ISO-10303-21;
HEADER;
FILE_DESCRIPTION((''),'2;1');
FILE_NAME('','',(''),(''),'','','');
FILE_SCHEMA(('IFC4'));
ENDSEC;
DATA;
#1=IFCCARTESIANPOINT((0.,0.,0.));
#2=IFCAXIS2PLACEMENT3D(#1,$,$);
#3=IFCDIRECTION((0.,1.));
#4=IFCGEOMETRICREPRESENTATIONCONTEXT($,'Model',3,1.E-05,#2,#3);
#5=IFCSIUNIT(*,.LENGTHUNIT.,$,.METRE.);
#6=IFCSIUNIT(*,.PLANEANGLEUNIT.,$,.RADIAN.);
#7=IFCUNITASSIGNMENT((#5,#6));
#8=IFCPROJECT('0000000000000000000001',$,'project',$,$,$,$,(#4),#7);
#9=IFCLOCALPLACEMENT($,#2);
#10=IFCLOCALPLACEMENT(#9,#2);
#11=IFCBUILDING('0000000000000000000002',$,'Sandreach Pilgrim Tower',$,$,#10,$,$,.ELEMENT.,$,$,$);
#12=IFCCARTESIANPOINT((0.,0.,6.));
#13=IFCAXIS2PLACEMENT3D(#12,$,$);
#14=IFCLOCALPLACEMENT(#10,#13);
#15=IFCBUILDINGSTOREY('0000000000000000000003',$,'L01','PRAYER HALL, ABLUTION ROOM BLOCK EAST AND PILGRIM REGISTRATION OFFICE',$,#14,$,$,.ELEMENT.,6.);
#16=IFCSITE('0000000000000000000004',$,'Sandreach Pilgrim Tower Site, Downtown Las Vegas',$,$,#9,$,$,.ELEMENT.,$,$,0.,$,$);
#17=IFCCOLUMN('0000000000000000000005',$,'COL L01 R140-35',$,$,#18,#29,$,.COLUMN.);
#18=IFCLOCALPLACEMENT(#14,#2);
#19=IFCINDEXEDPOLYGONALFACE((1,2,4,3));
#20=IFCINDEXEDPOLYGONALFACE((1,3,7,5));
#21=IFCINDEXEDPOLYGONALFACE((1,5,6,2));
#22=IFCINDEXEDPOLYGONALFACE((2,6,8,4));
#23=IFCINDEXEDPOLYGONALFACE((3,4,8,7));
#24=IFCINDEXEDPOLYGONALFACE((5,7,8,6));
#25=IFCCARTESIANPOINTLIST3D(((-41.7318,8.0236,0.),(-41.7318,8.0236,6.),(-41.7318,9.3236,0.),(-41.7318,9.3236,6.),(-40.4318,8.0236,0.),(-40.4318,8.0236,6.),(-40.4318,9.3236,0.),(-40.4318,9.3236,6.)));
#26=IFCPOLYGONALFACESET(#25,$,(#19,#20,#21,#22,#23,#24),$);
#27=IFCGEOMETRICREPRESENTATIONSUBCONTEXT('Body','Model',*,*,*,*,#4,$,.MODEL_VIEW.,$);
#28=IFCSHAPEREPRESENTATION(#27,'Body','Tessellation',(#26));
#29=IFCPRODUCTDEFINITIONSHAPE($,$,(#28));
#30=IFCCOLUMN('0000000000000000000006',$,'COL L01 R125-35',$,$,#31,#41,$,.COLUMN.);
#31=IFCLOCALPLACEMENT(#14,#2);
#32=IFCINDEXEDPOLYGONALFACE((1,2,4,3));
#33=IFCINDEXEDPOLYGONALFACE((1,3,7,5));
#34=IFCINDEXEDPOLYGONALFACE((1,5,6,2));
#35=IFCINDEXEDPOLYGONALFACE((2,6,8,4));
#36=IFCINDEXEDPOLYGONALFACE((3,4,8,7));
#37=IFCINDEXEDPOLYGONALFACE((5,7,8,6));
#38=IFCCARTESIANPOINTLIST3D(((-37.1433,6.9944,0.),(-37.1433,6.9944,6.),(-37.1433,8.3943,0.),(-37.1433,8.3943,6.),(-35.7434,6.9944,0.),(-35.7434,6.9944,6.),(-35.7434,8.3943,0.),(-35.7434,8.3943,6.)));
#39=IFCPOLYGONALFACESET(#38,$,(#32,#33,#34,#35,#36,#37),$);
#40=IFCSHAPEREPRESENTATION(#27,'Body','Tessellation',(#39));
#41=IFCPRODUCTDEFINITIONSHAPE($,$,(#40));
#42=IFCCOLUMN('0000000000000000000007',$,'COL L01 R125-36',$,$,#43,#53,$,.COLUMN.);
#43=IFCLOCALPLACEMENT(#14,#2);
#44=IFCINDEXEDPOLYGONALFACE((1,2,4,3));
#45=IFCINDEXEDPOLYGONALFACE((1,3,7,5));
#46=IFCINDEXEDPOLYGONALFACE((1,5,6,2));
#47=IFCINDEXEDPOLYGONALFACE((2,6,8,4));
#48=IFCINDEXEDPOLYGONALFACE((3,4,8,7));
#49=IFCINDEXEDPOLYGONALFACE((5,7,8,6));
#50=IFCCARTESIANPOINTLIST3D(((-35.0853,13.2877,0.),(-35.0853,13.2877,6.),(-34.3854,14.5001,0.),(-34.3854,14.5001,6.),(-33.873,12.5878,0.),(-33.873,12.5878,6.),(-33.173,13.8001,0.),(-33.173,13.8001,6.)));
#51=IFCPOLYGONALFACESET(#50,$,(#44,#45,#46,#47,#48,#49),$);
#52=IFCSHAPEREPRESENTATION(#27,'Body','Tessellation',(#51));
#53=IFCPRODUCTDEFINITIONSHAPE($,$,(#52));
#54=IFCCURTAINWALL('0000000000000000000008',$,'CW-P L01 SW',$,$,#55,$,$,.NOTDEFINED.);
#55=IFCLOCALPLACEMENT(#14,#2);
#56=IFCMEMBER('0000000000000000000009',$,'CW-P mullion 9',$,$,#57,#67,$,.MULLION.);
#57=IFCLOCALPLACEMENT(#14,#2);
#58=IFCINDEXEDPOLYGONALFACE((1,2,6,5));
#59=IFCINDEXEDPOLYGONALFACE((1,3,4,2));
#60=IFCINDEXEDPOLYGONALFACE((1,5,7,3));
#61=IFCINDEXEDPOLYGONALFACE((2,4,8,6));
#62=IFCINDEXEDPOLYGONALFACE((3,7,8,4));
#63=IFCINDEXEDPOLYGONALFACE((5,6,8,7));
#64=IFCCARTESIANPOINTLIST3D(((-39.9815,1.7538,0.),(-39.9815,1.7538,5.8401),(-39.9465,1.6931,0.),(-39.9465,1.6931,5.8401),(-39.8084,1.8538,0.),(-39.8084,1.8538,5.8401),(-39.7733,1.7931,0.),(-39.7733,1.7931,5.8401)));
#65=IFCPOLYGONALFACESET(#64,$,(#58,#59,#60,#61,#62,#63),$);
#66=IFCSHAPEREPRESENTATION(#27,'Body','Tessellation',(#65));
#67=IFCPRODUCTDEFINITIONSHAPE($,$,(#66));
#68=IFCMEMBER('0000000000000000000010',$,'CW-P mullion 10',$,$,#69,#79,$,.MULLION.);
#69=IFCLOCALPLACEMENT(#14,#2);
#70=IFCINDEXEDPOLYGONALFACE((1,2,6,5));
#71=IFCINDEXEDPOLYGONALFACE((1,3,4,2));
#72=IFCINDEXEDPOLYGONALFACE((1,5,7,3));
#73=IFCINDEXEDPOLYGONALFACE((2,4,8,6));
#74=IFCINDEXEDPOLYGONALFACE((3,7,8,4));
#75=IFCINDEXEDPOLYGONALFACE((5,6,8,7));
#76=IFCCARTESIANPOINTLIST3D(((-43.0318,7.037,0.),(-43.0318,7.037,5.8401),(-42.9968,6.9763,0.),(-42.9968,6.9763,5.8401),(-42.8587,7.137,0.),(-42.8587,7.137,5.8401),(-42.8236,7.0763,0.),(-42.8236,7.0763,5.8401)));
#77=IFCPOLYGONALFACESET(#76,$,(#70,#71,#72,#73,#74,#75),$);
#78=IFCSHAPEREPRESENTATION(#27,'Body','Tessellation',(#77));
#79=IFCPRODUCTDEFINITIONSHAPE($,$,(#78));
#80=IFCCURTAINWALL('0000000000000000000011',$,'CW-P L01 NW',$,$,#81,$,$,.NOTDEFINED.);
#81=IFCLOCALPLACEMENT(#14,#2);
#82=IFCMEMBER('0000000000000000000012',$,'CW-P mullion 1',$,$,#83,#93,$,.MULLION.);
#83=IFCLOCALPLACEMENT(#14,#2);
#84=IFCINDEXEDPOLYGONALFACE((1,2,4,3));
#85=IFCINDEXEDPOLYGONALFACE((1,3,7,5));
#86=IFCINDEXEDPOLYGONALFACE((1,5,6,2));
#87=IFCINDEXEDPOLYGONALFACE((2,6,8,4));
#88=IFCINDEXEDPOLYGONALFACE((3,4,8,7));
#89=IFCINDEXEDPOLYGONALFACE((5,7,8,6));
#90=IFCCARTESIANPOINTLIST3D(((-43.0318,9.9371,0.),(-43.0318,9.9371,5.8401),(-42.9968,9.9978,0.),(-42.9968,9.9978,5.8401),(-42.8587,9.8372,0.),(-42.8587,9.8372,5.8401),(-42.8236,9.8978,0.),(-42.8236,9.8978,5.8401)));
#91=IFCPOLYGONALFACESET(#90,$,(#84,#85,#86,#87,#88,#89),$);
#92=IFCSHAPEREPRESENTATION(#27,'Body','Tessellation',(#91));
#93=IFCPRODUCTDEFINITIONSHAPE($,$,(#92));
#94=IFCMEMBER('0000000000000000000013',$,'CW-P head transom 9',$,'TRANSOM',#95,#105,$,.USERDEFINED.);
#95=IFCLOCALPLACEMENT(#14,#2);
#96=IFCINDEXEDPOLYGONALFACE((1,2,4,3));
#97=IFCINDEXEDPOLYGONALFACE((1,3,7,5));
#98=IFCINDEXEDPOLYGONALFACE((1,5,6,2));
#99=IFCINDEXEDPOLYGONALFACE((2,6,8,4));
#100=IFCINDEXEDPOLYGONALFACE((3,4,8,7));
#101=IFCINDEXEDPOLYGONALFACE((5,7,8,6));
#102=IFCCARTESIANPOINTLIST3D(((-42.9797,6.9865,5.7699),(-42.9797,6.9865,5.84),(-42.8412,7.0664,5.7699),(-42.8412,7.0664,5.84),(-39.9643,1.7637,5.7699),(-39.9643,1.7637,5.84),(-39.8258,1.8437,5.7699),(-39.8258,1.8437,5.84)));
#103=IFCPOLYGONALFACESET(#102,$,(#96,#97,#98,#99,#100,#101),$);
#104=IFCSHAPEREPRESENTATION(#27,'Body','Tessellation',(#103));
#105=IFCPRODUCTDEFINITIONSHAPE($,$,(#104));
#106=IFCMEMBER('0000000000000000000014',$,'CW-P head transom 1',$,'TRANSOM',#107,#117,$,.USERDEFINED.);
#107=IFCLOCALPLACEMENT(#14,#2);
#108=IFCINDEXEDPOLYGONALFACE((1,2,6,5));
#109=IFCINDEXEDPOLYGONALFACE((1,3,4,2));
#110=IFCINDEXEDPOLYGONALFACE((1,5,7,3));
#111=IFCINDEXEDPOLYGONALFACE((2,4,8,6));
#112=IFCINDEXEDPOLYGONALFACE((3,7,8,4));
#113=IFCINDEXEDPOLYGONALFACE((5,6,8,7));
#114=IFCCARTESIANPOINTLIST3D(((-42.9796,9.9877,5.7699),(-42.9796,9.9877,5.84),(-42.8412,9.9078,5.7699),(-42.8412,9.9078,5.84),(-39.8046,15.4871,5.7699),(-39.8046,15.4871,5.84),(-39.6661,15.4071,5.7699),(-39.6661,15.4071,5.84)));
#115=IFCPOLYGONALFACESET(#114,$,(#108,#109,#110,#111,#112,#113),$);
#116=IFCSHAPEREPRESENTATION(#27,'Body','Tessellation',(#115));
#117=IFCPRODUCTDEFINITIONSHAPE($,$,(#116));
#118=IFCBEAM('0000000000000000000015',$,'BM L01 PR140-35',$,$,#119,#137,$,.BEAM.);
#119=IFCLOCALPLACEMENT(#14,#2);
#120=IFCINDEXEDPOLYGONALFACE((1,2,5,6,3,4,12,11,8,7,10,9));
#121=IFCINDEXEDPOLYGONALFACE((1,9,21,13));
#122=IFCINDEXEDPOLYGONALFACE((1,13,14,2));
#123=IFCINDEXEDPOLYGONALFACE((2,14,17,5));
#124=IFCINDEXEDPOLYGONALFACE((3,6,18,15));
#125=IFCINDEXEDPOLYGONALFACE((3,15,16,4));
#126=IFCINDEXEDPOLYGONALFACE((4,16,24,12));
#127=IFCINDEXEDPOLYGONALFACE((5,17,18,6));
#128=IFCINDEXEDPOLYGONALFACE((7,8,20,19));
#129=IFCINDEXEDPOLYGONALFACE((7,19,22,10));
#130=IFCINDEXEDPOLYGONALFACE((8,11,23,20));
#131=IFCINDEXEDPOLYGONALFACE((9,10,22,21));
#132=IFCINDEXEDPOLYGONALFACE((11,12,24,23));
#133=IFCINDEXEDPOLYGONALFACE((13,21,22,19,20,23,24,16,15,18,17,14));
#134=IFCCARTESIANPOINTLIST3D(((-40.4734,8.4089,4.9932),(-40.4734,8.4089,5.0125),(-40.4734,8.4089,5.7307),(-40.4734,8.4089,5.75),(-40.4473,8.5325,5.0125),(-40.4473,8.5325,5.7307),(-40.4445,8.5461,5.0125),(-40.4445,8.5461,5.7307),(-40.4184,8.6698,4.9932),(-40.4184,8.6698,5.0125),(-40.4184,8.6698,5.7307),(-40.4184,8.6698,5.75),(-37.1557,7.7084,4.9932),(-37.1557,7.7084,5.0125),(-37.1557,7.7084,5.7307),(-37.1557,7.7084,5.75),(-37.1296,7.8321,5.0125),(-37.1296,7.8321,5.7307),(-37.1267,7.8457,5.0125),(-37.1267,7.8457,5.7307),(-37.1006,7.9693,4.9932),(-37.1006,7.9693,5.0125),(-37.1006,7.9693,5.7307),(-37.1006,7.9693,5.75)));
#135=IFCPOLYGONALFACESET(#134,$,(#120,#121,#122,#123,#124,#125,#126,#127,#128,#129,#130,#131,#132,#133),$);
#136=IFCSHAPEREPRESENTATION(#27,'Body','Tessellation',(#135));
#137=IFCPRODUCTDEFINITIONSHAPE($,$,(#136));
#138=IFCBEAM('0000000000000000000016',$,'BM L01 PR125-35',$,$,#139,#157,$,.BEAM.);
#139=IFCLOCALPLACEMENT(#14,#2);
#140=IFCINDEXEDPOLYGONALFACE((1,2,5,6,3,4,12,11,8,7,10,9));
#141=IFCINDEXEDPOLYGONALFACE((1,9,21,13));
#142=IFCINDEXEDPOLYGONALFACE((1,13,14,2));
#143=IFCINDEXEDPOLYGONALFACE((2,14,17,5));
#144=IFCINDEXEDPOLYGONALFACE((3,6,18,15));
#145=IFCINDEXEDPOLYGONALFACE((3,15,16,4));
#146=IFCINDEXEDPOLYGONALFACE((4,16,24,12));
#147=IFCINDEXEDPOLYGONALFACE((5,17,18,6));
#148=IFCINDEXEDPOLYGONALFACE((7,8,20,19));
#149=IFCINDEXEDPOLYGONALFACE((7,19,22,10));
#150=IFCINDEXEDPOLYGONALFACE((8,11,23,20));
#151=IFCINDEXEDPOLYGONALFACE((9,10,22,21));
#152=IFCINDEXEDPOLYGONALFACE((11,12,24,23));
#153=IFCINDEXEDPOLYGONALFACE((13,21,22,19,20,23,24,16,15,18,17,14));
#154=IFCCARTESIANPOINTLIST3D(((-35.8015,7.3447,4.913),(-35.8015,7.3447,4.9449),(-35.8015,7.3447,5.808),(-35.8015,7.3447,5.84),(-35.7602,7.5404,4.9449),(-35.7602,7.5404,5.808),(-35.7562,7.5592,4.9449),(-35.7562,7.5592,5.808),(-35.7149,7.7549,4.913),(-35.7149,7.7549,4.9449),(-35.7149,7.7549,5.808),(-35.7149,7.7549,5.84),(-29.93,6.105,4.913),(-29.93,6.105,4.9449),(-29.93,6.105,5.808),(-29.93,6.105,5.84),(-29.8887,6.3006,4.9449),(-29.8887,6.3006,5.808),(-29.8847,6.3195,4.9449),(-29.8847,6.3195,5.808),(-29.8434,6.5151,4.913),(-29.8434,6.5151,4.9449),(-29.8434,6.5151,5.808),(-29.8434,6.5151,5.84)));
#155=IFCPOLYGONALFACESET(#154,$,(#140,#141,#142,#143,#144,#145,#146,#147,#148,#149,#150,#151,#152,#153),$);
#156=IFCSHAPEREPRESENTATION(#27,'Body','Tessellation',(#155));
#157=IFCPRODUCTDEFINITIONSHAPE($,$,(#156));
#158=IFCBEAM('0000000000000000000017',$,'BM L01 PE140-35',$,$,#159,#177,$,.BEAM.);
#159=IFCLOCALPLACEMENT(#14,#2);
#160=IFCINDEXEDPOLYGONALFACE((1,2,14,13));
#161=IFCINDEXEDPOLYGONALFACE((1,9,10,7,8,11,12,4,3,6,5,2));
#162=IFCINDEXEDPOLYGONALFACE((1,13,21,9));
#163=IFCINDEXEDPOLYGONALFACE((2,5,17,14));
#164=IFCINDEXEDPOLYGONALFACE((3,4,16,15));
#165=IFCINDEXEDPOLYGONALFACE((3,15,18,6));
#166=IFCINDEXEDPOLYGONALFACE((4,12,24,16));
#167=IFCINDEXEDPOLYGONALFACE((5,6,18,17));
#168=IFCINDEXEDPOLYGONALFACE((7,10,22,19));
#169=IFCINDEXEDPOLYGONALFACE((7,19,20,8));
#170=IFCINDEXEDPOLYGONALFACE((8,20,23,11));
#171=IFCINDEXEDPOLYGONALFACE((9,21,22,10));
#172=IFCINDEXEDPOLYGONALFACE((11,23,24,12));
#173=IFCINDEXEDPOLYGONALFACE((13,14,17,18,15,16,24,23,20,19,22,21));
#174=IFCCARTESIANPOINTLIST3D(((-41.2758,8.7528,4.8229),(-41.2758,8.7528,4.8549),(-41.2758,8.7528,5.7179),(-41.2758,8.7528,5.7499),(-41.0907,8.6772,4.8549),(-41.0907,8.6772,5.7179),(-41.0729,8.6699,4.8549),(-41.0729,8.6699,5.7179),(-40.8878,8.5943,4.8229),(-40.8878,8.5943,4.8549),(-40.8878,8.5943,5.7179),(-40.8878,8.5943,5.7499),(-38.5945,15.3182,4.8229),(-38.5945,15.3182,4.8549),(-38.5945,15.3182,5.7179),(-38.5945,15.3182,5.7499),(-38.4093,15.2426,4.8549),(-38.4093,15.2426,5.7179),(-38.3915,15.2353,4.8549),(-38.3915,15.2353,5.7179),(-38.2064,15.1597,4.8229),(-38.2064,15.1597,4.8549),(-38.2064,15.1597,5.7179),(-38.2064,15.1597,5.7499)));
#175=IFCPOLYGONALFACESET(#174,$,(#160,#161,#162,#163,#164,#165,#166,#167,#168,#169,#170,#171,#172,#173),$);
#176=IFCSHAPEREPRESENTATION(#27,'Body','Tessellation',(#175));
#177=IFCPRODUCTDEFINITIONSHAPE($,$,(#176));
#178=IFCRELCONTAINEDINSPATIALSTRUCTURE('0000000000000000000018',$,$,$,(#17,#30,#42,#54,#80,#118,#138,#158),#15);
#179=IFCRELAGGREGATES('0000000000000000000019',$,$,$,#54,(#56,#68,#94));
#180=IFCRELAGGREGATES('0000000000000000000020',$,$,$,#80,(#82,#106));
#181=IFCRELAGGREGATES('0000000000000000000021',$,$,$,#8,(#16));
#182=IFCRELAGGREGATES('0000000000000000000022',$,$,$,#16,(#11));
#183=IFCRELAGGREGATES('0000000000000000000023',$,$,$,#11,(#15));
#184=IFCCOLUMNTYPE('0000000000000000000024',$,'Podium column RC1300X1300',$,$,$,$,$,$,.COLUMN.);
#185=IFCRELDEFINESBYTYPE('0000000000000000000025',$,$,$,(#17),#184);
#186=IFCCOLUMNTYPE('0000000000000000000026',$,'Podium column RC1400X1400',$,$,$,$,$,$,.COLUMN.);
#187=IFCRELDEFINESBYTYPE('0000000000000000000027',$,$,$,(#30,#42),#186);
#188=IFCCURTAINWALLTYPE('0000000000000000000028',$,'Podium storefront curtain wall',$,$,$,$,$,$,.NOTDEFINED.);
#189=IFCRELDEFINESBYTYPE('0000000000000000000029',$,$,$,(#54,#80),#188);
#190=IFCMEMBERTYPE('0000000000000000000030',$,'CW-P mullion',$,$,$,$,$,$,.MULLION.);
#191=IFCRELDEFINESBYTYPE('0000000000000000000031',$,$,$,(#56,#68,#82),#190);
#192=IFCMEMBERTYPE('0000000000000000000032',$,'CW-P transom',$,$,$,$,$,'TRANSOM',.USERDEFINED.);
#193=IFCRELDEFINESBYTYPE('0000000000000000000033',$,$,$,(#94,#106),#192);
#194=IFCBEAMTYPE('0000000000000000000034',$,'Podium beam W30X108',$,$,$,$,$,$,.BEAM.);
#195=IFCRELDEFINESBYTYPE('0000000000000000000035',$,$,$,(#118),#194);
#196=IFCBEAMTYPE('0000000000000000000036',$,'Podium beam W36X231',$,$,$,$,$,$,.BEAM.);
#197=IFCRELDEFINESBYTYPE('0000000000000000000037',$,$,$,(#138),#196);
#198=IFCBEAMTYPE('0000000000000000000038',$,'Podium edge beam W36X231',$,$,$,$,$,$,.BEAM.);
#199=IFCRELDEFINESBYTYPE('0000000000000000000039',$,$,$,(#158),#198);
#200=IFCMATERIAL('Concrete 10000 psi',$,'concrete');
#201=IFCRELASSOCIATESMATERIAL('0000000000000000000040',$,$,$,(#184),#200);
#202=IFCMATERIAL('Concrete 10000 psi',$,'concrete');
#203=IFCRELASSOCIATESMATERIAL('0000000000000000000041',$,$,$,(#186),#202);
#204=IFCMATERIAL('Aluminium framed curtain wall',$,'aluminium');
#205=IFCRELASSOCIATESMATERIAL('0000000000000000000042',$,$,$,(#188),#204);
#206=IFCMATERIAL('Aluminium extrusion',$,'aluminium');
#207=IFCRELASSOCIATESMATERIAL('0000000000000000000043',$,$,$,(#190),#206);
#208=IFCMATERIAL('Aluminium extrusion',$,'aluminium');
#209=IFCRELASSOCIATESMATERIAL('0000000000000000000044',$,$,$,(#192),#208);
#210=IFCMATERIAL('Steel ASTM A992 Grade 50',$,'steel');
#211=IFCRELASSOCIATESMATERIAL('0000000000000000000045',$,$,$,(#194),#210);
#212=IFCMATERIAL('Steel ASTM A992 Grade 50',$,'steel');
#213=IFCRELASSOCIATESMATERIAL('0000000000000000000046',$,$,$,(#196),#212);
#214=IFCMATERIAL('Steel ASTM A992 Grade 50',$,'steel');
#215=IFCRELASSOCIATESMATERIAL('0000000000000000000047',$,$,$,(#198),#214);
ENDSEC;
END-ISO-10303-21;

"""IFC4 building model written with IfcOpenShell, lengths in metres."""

from ifc_helpers import new_model, si_unit, direction, frame, origin, origin_2d, place, context, subcontext, project, spatial, rectangle, i_section, extrude, material, material_profile, profile_set, type_object, element, aggregate, save


model = new_model("IFC4")

# Units and contexts
model_context = context("Model", 3, precision=1e-05, world=origin(), true_north=direction((0.0, 1.0)))
body_context = subcontext(model_context, "Body", "Model", "MODEL_VIEW")
ifc_project = project(units=[si_unit("LENGTHUNIT", "METRE"), si_unit("PLANEANGLEUNIT", "RADIAN")], contexts=[model_context])

# Site, building, storey
site_placement = place(None, origin())
site = spatial("IfcSite", under=ifc_project, at=site_placement, Name="Sandreach Pilgrim Tower Site, Downtown Las Vegas", CompositionType="ELEMENT", RefElevation=0.0)
building_placement = place(site_placement, origin())
building = spatial("IfcBuilding", under=site, at=building_placement, Name="Sandreach Pilgrim Tower", CompositionType="ELEMENT")
storey_placement = place(building_placement, frame((0.0, 0.0, 6.0)))
storey = spatial("IfcBuildingStorey", under=building, at=storey_placement, Name="L01", Description="PRAYER HALL, ABLUTION ROOM BLOCK EAST AND PILGRIM REGISTRATION OFFICE", CompositionType="ELEMENT", Elevation=6.0)

# Columns
ifc_material_1 = material(Name="Concrete 10000 psi", Category="concrete")
ifc_material_profile_1 = material_profile(ifc_material_1, rectangle(XDim=1.3, YDim=1.3, at=origin_2d()), Name="RC1300X1300")
ifc_profile_set_1 = profile_set([ifc_material_profile_1], Name="Concrete 10000 psi")
column_type_1 = type_object("IfcColumnType", Name="Podium column RC1300X1300", PredefinedType="COLUMN", material=ifc_profile_set_1)
column_placement = place(storey_placement, frame((-41.0818, 8.6736, 0.0), z_axis=(0.0, 0.0, 1.0), x_axis=(-1.0, 0.0, 0.0)))
element("IfcColumn", 1, at=column_placement, inside=storey, type_object=column_type_1, Name="COL L01 R140-35", PredefinedType="COLUMN", context=body_context, shape_type="SweptSolid", body=[
    extrude(rectangle(XDim=1.3, YDim=1.3, at=origin_2d()), origin(), (0.0, 0.0, 1.0), 6.0),
])
ifc_material_2 = material(Name="Concrete 10000 psi", Category="concrete")
ifc_material_profile_2 = material_profile(ifc_material_2, rectangle(XDim=1.3999, YDim=1.3999, at=origin_2d()), Name="RC1400X1400")
ifc_profile_set_2 = profile_set([ifc_material_profile_2], Name="Concrete 10000 psi")
column_type_2 = type_object("IfcColumnType", Name="Podium column RC1400X1400", PredefinedType="COLUMN", material=ifc_profile_set_2)
for number, where, z_axis, x_axis, name in (
    (2, (-36.4434, 7.6943, 0.0), (0.0, 0.0, 1.0), (-1.0, 0.0, 0.0), "COL L01 R125-35"),
    (3, (-34.1292, 13.5439, 0.0), (0.0, 0.0, 1.0), (-0.866025, 0.5, 0.0), "COL L01 R125-36"),
):
    element("IfcColumn", number, at=place(storey_placement, frame(where, z_axis=z_axis, x_axis=x_axis)), inside=storey, type_object=column_type_2, Name=name, PredefinedType="COLUMN", context=body_context, shape_type="SweptSolid", body=[
        extrude(rectangle(XDim=1.3999, YDim=1.3999, at=origin_2d()), origin(), (0.0, 0.0, 1.0), 6.0),
    ])

# Curtain wall, members
ifc_material_3 = material(Name="Aluminium framed curtain wall", Category="aluminium")
curtain_wall_type = type_object("IfcCurtainWallType", Name="Podium storefront curtain wall", PredefinedType="NOTDEFINED", material=ifc_material_3)
curtain_wall_1_placement = place(storey_placement, origin())
curtain_wall_1 = element("IfcCurtainWall", 4, at=curtain_wall_1_placement, inside=storey, type_object=curtain_wall_type, Name="CW-P L01 SW", PredefinedType="NOTDEFINED")
ifc_material_4 = material(Name="Aluminium extrusion", Category="aluminium")
ifc_material_profile_3 = material_profile(ifc_material_4, rectangle(XDim=0.0701, YDim=0.2, at=origin_2d()), Name="CW-PM 70X200")
ifc_profile_set_3 = profile_set([ifc_material_profile_3], Name="Aluminium extrusion")
member_type_1 = type_object("IfcMemberType", Name="CW-P mullion", PredefinedType="MULLION", material=ifc_profile_set_3)
member_1_placement = place(storey_placement, frame((-39.8774, 1.7734, 0.0), z_axis=(0.0, 0.0, 1.0), x_axis=(-0.5, 0.866025, 0.0)))
member_1 = element("IfcMember", 5, at=member_1_placement, type_object=member_type_1, Name="CW-P mullion 9", PredefinedType="MULLION", context=body_context, shape_type="SweptSolid", body=[
    extrude(rectangle(XDim=0.0701, YDim=0.2, at=origin_2d()), origin(), (0.0, 0.0, 1.0), 5.8401),
])
member_2_placement = place(storey_placement, frame((-42.9277, 7.0566, 0.0), z_axis=(0.0, 0.0, 1.0), x_axis=(-0.5, 0.866025, 0.0)))
member_2 = element("IfcMember", 6, at=member_2_placement, type_object=member_type_1, Name="CW-P mullion 10", PredefinedType="MULLION", context=body_context, shape_type="SweptSolid", body=[
    extrude(rectangle(XDim=0.0701, YDim=0.2, at=origin_2d()), origin(), (0.0, 0.0, 1.0), 5.8401),
])

# Curtain wall, member
curtain_wall_2_placement = place(storey_placement, origin())
curtain_wall_2 = element("IfcCurtainWall", 7, at=curtain_wall_2_placement, inside=storey, type_object=curtain_wall_type, Name="CW-P L01 NW", PredefinedType="NOTDEFINED")
member_3_placement = place(storey_placement, frame((-42.9277, 9.9175, 0.0), z_axis=(0.0, 0.0, 1.0), x_axis=(0.5, 0.866025, 0.0)))
member_3 = element("IfcMember", 8, at=member_3_placement, type_object=member_type_1, Name="CW-P mullion 1", PredefinedType="MULLION", context=body_context, shape_type="SweptSolid", body=[
    extrude(rectangle(XDim=0.0701, YDim=0.2, at=origin_2d()), origin(), (0.0, 0.0, 1.0), 5.8401),
])

# Members
ifc_material_5 = material(Name="Aluminium extrusion", Category="aluminium")
ifc_material_profile_4 = material_profile(ifc_material_5, rectangle(XDim=0.1599, YDim=0.0701, at=origin_2d()), Name="CW-PT 160X70")
ifc_profile_set_4 = profile_set([ifc_material_profile_4], Name="Aluminium extrusion")
member_type_2 = type_object("IfcMemberType", Name="CW-P transom", ElementType="TRANSOM", PredefinedType="USERDEFINED", material=ifc_profile_set_4)
member_4_placement = place(storey_placement, frame((-39.895, 1.8037, 5.8049), z_axis=(-0.50001, 0.86602, 0.0), x_axis=(-0.86602, -0.50001, 0.0)))
member_4 = element("IfcMember", 9, at=member_4_placement, type_object=member_type_2, Name="CW-P head transom 9", ObjectType="TRANSOM", PredefinedType="USERDEFINED", context=body_context, shape_type="SweptSolid", body=[
    extrude(rectangle(XDim=0.1599, YDim=0.0701, at=origin_2d()), origin(), (0.0, 0.0, 1.0), 6.0308),
])
member_5_placement = place(storey_placement, frame((-42.9104, 9.9478, 5.8049), z_axis=(0.500005, 0.866022, 0.0), x_axis=(-0.866022, 0.500005, 0.0)))
member_5 = element("IfcMember", 10, at=member_5_placement, type_object=member_type_2, Name="CW-P head transom 1", ObjectType="TRANSOM", PredefinedType="USERDEFINED", context=body_context, shape_type="SweptSolid", body=[
    extrude(rectangle(XDim=0.1599, YDim=0.0701, at=origin_2d()), origin(), (0.0, 0.0, 1.0), 6.3501),
])

# Beams
ifc_material_6 = material(Name="Steel ASTM A992 Grade 50", Category="steel")
ifc_material_profile_5 = material_profile(ifc_material_6, i_section(OverallWidth=0.2666, OverallDepth=0.7568, WebThickness=0.0139, FlangeThickness=0.0193, at=origin_2d()), Name="W30X108")
ifc_profile_set_5 = profile_set([ifc_material_profile_5], Name="Steel ASTM A992 Grade 50")
beam_type_1 = type_object("IfcBeamType", Name="Podium beam W30X108", PredefinedType="BEAM", material=ifc_profile_set_5)
beam_1_placement = place(storey_placement, frame((-37.1282, 7.8389, 5.3716), z_axis=(-0.978431, 0.206573, 0.0), x_axis=(-0.206573, -0.978431, 0.0)))
element("IfcBeam", 11, at=beam_1_placement, inside=storey, type_object=beam_type_1, Name="BM L01 PR140-35", PredefinedType="BEAM", context=body_context, shape_type="SweptSolid", body=[
    extrude(i_section(OverallWidth=0.2666, OverallDepth=0.7568, WebThickness=0.0139, FlangeThickness=0.0193, at=origin_2d()), origin(), (0.0, 0.0, 1.0), 3.3909),
])
ifc_material_7 = material(Name="Steel ASTM A992 Grade 50", Category="steel")
ifc_material_profile_6 = material_profile(ifc_material_7, i_section(OverallWidth=0.4192, OverallDepth=0.927, WebThickness=0.0193, FlangeThickness=0.032, at=origin_2d()), Name="W36X231")
ifc_profile_set_6 = profile_set([ifc_material_profile_6], Name="Steel ASTM A992 Grade 50")
beam_type_2 = type_object("IfcBeamType", Name="Podium beam W36X231", PredefinedType="BEAM", material=ifc_profile_set_6)
beam_2_placement = place(storey_placement, frame((-29.8867, 6.3101, 5.3765), z_axis=(-0.978428, 0.206589, 0.0), x_axis=(-0.206589, -0.978428, 0.0)))
element("IfcBeam", 12, at=beam_2_placement, inside=storey, type_object=beam_type_2, Name="BM L01 PR125-35", PredefinedType="BEAM", context=body_context, shape_type="SweptSolid", body=[
    extrude(i_section(OverallWidth=0.4192, OverallDepth=0.927, WebThickness=0.0193, FlangeThickness=0.032, at=origin_2d()), origin(), (0.0, 0.0, 1.0), 6.001),
])
ifc_material_8 = material(Name="Steel ASTM A992 Grade 50", Category="steel")
ifc_material_profile_7 = material_profile(ifc_material_8, i_section(OverallWidth=0.4192, OverallDepth=0.927, WebThickness=0.0193, FlangeThickness=0.032, at=origin_2d()), Name="W36X231")
ifc_profile_set_7 = profile_set([ifc_material_profile_7], Name="Steel ASTM A992 Grade 50")
beam_type_3 = type_object("IfcBeamType", Name="Podium edge beam W36X231", PredefinedType="BEAM", material=ifc_profile_set_7)
beam_3_placement = place(storey_placement, frame((-41.0818, 8.6736, 5.2864), z_axis=(0.378094, 0.925767, 0.0), x_axis=(-0.925767, 0.378094, 0.0)))
element("IfcBeam", 13, at=beam_3_placement, inside=storey, type_object=beam_type_3, Name="BM L01 PE140-35", PredefinedType="BEAM", context=body_context, shape_type="SweptSolid", body=[
    extrude(i_section(OverallWidth=0.4192, OverallDepth=0.927, WebThickness=0.0193, FlangeThickness=0.032, at=origin_2d()), origin(), (0.0, 0.0, 1.0), 7.0918),
])

aggregate(curtain_wall_1, [member_1, member_2, member_4])
aggregate(curtain_wall_2, [member_3, member_5])

save(model, "model.ifc")
